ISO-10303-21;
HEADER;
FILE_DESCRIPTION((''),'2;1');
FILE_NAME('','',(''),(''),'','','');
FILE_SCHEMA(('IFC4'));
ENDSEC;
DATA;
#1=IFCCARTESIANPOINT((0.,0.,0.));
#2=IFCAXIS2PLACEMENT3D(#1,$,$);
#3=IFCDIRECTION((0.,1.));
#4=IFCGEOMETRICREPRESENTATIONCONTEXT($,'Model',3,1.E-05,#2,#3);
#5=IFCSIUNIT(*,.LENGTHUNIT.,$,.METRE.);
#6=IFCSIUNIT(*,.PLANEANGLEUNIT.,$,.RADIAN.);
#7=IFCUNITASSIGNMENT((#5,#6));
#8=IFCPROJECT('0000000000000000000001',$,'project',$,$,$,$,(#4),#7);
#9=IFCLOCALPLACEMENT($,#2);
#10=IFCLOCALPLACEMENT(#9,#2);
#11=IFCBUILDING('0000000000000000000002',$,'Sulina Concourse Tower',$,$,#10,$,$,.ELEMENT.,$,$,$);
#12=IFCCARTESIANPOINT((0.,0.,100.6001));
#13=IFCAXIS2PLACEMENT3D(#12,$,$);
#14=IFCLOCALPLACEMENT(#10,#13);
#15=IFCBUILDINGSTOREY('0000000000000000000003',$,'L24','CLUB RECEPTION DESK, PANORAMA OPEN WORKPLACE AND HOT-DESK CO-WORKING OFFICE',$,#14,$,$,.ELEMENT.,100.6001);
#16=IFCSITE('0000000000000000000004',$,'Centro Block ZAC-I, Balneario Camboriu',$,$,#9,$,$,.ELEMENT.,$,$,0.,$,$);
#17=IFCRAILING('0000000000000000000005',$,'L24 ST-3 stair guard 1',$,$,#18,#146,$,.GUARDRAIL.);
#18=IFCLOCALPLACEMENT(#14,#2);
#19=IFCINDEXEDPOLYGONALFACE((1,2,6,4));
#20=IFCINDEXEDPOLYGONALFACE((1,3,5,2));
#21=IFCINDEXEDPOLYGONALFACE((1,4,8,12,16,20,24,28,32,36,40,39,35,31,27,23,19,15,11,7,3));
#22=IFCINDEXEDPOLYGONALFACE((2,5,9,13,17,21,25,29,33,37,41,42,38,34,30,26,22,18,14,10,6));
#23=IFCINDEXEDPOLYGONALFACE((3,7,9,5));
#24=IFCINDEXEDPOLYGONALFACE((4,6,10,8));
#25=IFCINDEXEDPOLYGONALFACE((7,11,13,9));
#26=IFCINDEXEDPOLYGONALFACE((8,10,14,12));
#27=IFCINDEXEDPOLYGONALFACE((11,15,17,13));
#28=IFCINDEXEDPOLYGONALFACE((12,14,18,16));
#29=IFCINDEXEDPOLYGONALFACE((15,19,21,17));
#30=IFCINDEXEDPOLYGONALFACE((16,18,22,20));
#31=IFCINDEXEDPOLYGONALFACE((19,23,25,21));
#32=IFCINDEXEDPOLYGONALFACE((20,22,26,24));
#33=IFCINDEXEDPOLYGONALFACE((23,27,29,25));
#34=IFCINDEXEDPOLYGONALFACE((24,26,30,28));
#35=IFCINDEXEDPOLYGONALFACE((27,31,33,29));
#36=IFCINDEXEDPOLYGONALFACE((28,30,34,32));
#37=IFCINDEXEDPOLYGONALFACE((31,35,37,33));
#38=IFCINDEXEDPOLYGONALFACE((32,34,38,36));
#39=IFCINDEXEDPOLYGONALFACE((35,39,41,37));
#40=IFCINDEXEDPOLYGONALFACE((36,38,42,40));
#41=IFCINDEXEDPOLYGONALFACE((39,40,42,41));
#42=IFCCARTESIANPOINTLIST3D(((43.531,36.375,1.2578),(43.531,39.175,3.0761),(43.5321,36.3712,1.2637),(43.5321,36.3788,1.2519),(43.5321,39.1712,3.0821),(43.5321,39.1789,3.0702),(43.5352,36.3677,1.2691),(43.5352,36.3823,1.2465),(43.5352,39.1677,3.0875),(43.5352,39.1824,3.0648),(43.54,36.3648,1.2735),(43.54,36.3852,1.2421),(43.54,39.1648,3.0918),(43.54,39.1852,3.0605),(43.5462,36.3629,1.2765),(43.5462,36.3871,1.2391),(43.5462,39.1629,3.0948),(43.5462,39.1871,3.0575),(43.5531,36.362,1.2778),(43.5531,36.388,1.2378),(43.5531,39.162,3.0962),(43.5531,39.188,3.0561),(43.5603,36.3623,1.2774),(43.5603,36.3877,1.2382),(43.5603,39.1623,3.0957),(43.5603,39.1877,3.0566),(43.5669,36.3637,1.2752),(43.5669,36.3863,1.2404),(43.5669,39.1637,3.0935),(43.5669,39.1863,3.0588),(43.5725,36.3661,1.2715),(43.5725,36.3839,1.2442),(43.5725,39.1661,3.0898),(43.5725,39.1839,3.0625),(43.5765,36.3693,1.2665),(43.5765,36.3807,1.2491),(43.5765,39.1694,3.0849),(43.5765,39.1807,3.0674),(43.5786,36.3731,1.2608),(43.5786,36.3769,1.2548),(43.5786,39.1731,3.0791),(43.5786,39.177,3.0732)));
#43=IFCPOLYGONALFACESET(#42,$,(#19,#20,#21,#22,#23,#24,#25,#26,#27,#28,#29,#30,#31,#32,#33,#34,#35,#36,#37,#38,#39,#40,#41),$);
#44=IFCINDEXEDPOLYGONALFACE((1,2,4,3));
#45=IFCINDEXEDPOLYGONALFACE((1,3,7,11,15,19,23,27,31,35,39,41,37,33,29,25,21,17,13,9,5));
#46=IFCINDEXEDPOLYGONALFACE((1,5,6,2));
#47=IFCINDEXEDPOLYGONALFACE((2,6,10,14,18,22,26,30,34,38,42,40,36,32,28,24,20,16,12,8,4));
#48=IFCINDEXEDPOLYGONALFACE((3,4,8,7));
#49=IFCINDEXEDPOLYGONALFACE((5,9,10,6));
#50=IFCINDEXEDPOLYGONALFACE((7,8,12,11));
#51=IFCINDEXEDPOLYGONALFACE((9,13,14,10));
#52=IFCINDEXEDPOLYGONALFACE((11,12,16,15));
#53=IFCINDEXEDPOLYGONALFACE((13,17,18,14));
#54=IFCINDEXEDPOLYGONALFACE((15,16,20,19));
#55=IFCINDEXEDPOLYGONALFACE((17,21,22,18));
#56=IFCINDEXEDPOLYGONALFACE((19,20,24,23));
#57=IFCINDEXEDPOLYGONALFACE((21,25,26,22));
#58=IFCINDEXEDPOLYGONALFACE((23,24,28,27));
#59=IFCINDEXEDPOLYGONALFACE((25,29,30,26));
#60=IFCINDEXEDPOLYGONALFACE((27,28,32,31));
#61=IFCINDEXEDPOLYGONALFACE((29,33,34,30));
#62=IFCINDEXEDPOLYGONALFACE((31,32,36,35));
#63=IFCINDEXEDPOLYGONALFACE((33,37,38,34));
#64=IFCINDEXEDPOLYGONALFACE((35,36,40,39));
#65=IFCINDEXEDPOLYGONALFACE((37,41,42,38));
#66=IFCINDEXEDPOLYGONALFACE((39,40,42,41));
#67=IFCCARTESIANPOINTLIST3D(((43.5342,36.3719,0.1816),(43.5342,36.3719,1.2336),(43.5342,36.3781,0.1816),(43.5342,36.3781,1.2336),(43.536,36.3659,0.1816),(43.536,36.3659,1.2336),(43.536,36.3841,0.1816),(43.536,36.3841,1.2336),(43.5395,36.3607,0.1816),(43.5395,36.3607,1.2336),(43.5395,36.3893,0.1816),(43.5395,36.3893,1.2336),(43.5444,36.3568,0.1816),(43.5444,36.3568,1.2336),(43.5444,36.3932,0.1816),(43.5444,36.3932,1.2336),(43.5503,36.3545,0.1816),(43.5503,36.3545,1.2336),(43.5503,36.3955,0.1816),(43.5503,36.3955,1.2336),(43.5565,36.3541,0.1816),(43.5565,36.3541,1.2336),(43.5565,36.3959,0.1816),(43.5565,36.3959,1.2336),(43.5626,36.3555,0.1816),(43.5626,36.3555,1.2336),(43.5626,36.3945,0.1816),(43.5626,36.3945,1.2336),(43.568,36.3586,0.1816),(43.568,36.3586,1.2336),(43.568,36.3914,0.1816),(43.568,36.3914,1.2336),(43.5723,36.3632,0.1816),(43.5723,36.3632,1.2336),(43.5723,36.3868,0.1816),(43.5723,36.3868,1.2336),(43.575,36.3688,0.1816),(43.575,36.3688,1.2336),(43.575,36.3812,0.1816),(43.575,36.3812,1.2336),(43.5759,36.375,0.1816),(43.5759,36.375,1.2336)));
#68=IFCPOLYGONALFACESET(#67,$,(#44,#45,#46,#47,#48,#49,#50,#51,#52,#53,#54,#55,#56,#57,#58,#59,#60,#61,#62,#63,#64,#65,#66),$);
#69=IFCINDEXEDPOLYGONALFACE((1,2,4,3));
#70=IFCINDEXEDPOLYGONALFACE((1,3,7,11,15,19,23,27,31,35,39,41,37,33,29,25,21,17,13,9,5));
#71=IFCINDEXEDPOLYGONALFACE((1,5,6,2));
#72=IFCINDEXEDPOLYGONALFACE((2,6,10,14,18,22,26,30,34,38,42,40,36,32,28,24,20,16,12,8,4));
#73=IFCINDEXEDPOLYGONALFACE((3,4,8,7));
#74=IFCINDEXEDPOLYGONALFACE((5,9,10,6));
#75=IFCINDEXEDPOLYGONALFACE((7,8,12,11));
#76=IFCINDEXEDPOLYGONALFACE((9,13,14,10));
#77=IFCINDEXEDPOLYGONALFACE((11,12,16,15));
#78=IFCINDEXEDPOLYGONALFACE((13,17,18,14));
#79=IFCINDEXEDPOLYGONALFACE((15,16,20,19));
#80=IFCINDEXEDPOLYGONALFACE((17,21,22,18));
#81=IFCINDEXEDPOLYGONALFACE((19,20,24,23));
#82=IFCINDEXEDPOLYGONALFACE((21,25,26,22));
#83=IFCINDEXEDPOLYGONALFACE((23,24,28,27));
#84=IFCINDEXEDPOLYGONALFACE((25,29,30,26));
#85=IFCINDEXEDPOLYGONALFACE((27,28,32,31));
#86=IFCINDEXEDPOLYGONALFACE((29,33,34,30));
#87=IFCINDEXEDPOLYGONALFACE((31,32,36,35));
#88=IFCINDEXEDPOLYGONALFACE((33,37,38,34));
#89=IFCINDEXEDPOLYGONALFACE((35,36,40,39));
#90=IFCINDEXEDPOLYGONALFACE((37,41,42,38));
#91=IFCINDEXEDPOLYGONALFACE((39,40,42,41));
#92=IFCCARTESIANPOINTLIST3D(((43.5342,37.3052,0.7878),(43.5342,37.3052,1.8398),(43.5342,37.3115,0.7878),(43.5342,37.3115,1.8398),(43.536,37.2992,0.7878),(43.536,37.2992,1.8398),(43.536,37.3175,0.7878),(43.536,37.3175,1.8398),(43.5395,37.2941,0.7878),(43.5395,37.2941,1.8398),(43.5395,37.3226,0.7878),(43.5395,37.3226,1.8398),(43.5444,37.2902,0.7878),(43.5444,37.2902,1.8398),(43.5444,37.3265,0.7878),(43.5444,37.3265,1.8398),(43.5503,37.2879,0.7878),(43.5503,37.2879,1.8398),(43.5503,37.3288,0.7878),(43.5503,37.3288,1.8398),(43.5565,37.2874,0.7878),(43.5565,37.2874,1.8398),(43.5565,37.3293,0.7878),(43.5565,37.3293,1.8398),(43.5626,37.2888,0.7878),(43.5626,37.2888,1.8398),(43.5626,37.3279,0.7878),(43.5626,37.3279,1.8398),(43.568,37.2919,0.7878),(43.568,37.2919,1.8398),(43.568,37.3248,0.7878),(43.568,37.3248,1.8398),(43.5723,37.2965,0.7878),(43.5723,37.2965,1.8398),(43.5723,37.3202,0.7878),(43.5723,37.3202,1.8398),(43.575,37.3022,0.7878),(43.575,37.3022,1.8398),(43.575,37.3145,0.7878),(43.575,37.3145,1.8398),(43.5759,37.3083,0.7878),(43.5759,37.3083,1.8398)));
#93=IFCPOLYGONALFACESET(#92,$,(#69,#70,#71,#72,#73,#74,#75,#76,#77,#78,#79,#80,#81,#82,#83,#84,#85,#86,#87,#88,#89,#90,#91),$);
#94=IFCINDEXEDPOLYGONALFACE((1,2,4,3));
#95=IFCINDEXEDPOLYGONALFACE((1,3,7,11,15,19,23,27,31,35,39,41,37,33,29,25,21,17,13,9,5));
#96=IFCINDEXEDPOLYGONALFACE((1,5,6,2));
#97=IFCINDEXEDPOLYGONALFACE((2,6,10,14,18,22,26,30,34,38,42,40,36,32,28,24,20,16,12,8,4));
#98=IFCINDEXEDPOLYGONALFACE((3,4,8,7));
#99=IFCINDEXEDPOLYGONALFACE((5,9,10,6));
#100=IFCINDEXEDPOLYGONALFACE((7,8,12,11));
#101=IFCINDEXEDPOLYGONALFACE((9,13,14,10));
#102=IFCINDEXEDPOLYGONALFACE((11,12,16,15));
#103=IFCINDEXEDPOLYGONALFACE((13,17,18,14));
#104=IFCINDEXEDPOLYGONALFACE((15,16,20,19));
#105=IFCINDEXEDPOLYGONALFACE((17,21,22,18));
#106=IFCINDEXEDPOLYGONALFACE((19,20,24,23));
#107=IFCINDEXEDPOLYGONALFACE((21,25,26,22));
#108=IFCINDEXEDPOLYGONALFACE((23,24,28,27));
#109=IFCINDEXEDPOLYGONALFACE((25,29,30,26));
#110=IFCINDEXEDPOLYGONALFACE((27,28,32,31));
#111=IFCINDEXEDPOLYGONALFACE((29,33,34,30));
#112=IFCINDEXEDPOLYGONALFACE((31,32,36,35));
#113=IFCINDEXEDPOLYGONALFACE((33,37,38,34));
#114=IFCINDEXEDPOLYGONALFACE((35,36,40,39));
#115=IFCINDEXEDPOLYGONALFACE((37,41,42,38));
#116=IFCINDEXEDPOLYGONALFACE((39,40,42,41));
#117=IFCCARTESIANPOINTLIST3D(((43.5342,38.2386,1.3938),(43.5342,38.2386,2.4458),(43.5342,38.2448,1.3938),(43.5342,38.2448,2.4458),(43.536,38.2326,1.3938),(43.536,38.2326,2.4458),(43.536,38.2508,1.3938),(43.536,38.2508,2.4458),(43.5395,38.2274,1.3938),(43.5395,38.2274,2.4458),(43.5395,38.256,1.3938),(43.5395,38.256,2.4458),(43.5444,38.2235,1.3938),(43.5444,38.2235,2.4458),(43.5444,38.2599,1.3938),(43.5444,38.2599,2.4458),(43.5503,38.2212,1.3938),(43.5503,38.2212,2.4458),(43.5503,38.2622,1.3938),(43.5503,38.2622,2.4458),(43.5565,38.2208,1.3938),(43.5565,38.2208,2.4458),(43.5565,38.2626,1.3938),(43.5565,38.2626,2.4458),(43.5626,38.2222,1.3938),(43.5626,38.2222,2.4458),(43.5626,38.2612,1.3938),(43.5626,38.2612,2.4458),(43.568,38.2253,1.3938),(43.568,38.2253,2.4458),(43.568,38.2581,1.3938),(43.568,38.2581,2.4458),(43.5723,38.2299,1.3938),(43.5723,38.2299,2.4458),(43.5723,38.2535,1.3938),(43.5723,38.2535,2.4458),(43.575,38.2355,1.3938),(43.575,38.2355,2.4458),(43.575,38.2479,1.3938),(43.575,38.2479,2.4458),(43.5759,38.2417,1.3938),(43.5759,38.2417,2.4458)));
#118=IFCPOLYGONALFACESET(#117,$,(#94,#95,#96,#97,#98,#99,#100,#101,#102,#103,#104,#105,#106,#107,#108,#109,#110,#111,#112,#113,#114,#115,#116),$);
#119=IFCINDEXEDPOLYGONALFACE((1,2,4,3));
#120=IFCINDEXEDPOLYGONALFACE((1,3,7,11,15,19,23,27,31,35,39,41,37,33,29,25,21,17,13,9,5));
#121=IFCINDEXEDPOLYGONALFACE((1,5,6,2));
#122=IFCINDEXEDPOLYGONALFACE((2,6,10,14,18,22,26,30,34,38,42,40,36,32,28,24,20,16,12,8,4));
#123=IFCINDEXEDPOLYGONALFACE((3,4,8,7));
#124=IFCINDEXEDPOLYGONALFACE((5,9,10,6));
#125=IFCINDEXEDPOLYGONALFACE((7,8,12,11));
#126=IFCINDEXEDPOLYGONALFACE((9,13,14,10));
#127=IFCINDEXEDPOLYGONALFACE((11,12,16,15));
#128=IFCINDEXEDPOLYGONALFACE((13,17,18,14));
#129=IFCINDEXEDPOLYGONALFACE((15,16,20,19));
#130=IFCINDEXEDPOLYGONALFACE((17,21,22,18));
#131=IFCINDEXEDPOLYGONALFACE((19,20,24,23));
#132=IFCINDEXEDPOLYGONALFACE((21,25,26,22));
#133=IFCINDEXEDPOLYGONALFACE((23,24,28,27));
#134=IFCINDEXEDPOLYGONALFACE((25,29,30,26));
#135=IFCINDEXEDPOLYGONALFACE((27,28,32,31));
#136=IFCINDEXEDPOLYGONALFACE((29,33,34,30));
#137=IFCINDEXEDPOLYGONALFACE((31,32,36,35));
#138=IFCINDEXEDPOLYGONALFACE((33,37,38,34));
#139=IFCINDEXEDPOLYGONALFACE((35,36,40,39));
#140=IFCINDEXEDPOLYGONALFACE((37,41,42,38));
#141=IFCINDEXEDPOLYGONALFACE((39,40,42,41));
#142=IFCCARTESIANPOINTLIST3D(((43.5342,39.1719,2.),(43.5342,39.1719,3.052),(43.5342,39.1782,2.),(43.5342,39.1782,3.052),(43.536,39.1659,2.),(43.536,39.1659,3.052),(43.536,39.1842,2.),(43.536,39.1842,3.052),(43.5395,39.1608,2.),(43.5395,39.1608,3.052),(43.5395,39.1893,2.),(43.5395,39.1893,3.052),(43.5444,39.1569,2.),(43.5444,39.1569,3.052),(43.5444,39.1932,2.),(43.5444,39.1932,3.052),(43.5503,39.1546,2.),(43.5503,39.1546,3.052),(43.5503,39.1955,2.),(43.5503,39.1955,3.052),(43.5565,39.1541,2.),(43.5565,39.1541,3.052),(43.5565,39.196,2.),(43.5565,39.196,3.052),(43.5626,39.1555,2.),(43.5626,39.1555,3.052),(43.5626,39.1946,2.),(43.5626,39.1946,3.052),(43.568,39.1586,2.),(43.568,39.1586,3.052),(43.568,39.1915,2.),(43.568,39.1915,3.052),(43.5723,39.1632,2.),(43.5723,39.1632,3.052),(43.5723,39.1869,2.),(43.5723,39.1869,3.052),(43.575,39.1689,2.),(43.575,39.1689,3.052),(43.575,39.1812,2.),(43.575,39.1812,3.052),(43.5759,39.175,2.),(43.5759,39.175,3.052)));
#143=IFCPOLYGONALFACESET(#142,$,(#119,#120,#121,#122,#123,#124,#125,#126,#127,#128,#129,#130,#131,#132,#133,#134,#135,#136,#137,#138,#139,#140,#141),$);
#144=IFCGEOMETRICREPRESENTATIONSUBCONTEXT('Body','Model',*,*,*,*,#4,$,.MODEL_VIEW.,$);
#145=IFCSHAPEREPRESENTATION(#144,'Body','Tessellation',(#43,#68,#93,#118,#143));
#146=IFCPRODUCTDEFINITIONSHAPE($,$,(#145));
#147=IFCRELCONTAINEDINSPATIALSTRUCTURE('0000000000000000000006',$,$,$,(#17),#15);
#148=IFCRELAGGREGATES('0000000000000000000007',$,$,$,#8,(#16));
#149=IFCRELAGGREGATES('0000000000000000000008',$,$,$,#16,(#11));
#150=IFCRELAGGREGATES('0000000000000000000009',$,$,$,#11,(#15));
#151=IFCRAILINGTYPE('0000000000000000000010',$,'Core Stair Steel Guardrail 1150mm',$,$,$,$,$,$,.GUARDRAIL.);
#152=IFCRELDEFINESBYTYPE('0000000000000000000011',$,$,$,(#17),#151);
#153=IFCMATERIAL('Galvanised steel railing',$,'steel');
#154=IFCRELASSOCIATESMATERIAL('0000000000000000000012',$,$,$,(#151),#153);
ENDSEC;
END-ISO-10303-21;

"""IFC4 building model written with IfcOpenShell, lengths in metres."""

from ifc_helpers import new_model, si_unit, direction, frame, origin, origin_2d, place, context, subcontext, project, spatial, circle, extrude, material, type_object, element, save


model = new_model("IFC4")

# Units and contexts
model_context = context("Model", 3, precision=1e-05, world=origin(), true_north=direction((0.0, 1.0)))
body_context = subcontext(model_context, "Body", "Model", "MODEL_VIEW")
ifc_project = project(units=[si_unit("LENGTHUNIT", "METRE"), si_unit("PLANEANGLEUNIT", "RADIAN")], contexts=[model_context])

# Site, building, storey
site_placement = place(None, origin())
site = spatial("IfcSite", under=ifc_project, at=site_placement, Name="Centro Block ZAC-I, Balneario Camboriu", CompositionType="ELEMENT", RefElevation=0.0)
building_placement = place(site_placement, origin())
building = spatial("IfcBuilding", under=site, at=building_placement, Name="Sulina Concourse Tower", CompositionType="ELEMENT")
storey_placement = place(building_placement, frame((0.0, 0.0, 100.6001)))
storey = spatial("IfcBuildingStorey", under=building, at=storey_placement, Name="L24", Description="CLUB RECEPTION DESK, PANORAMA OPEN WORKPLACE AND HOT-DESK CO-WORKING OFFICE", CompositionType="ELEMENT", Elevation=100.6001)

# Railing
ifc_material_1 = material(Name="Galvanised steel railing", Category="steel")
railing_type_1 = type_object("IfcRailingType", Name="Core Stair Steel Guardrail 1150mm", PredefinedType="GUARDRAIL", material=ifc_material_1)
railing_1_placement = place(storey_placement, frame((43.5549, 36.375, 0.1816)))
element("IfcRailing", 1, at=railing_1_placement, inside=storey, type_object=railing_type_1, Name="L24 ST-3 stair guard 1", PredefinedType="GUARDRAIL", context=body_context, shape_type="SweptSolid", body=[
    extrude(circle(Radius=0.0239, at=origin_2d()), frame((0.0, 0.0, 1.0762), z_axis=(0.0, 0.838672, 0.544636), x_axis=(-1.0, 0.0, 0.0)), (0.0, 0.0, 1.0), 3.3386),
    extrude(circle(Radius=0.021, at=origin_2d()), origin(), (0.0, 0.0, 1.0), 1.052),
    extrude(circle(Radius=0.021, at=origin_2d()), frame((0.0, 0.9333, 0.6062)), (0.0, 0.0, 1.0), 1.052),
    extrude(circle(Radius=0.021, at=origin_2d()), frame((0.0, 1.8667, 1.2122)), (0.0, 0.0, 1.0), 1.052),
    extrude(circle(Radius=0.021, at=origin_2d()), frame((0.0, 2.8, 1.8184)), (0.0, 0.0, 1.0), 1.052),
])

save(model, "model.ifc")
